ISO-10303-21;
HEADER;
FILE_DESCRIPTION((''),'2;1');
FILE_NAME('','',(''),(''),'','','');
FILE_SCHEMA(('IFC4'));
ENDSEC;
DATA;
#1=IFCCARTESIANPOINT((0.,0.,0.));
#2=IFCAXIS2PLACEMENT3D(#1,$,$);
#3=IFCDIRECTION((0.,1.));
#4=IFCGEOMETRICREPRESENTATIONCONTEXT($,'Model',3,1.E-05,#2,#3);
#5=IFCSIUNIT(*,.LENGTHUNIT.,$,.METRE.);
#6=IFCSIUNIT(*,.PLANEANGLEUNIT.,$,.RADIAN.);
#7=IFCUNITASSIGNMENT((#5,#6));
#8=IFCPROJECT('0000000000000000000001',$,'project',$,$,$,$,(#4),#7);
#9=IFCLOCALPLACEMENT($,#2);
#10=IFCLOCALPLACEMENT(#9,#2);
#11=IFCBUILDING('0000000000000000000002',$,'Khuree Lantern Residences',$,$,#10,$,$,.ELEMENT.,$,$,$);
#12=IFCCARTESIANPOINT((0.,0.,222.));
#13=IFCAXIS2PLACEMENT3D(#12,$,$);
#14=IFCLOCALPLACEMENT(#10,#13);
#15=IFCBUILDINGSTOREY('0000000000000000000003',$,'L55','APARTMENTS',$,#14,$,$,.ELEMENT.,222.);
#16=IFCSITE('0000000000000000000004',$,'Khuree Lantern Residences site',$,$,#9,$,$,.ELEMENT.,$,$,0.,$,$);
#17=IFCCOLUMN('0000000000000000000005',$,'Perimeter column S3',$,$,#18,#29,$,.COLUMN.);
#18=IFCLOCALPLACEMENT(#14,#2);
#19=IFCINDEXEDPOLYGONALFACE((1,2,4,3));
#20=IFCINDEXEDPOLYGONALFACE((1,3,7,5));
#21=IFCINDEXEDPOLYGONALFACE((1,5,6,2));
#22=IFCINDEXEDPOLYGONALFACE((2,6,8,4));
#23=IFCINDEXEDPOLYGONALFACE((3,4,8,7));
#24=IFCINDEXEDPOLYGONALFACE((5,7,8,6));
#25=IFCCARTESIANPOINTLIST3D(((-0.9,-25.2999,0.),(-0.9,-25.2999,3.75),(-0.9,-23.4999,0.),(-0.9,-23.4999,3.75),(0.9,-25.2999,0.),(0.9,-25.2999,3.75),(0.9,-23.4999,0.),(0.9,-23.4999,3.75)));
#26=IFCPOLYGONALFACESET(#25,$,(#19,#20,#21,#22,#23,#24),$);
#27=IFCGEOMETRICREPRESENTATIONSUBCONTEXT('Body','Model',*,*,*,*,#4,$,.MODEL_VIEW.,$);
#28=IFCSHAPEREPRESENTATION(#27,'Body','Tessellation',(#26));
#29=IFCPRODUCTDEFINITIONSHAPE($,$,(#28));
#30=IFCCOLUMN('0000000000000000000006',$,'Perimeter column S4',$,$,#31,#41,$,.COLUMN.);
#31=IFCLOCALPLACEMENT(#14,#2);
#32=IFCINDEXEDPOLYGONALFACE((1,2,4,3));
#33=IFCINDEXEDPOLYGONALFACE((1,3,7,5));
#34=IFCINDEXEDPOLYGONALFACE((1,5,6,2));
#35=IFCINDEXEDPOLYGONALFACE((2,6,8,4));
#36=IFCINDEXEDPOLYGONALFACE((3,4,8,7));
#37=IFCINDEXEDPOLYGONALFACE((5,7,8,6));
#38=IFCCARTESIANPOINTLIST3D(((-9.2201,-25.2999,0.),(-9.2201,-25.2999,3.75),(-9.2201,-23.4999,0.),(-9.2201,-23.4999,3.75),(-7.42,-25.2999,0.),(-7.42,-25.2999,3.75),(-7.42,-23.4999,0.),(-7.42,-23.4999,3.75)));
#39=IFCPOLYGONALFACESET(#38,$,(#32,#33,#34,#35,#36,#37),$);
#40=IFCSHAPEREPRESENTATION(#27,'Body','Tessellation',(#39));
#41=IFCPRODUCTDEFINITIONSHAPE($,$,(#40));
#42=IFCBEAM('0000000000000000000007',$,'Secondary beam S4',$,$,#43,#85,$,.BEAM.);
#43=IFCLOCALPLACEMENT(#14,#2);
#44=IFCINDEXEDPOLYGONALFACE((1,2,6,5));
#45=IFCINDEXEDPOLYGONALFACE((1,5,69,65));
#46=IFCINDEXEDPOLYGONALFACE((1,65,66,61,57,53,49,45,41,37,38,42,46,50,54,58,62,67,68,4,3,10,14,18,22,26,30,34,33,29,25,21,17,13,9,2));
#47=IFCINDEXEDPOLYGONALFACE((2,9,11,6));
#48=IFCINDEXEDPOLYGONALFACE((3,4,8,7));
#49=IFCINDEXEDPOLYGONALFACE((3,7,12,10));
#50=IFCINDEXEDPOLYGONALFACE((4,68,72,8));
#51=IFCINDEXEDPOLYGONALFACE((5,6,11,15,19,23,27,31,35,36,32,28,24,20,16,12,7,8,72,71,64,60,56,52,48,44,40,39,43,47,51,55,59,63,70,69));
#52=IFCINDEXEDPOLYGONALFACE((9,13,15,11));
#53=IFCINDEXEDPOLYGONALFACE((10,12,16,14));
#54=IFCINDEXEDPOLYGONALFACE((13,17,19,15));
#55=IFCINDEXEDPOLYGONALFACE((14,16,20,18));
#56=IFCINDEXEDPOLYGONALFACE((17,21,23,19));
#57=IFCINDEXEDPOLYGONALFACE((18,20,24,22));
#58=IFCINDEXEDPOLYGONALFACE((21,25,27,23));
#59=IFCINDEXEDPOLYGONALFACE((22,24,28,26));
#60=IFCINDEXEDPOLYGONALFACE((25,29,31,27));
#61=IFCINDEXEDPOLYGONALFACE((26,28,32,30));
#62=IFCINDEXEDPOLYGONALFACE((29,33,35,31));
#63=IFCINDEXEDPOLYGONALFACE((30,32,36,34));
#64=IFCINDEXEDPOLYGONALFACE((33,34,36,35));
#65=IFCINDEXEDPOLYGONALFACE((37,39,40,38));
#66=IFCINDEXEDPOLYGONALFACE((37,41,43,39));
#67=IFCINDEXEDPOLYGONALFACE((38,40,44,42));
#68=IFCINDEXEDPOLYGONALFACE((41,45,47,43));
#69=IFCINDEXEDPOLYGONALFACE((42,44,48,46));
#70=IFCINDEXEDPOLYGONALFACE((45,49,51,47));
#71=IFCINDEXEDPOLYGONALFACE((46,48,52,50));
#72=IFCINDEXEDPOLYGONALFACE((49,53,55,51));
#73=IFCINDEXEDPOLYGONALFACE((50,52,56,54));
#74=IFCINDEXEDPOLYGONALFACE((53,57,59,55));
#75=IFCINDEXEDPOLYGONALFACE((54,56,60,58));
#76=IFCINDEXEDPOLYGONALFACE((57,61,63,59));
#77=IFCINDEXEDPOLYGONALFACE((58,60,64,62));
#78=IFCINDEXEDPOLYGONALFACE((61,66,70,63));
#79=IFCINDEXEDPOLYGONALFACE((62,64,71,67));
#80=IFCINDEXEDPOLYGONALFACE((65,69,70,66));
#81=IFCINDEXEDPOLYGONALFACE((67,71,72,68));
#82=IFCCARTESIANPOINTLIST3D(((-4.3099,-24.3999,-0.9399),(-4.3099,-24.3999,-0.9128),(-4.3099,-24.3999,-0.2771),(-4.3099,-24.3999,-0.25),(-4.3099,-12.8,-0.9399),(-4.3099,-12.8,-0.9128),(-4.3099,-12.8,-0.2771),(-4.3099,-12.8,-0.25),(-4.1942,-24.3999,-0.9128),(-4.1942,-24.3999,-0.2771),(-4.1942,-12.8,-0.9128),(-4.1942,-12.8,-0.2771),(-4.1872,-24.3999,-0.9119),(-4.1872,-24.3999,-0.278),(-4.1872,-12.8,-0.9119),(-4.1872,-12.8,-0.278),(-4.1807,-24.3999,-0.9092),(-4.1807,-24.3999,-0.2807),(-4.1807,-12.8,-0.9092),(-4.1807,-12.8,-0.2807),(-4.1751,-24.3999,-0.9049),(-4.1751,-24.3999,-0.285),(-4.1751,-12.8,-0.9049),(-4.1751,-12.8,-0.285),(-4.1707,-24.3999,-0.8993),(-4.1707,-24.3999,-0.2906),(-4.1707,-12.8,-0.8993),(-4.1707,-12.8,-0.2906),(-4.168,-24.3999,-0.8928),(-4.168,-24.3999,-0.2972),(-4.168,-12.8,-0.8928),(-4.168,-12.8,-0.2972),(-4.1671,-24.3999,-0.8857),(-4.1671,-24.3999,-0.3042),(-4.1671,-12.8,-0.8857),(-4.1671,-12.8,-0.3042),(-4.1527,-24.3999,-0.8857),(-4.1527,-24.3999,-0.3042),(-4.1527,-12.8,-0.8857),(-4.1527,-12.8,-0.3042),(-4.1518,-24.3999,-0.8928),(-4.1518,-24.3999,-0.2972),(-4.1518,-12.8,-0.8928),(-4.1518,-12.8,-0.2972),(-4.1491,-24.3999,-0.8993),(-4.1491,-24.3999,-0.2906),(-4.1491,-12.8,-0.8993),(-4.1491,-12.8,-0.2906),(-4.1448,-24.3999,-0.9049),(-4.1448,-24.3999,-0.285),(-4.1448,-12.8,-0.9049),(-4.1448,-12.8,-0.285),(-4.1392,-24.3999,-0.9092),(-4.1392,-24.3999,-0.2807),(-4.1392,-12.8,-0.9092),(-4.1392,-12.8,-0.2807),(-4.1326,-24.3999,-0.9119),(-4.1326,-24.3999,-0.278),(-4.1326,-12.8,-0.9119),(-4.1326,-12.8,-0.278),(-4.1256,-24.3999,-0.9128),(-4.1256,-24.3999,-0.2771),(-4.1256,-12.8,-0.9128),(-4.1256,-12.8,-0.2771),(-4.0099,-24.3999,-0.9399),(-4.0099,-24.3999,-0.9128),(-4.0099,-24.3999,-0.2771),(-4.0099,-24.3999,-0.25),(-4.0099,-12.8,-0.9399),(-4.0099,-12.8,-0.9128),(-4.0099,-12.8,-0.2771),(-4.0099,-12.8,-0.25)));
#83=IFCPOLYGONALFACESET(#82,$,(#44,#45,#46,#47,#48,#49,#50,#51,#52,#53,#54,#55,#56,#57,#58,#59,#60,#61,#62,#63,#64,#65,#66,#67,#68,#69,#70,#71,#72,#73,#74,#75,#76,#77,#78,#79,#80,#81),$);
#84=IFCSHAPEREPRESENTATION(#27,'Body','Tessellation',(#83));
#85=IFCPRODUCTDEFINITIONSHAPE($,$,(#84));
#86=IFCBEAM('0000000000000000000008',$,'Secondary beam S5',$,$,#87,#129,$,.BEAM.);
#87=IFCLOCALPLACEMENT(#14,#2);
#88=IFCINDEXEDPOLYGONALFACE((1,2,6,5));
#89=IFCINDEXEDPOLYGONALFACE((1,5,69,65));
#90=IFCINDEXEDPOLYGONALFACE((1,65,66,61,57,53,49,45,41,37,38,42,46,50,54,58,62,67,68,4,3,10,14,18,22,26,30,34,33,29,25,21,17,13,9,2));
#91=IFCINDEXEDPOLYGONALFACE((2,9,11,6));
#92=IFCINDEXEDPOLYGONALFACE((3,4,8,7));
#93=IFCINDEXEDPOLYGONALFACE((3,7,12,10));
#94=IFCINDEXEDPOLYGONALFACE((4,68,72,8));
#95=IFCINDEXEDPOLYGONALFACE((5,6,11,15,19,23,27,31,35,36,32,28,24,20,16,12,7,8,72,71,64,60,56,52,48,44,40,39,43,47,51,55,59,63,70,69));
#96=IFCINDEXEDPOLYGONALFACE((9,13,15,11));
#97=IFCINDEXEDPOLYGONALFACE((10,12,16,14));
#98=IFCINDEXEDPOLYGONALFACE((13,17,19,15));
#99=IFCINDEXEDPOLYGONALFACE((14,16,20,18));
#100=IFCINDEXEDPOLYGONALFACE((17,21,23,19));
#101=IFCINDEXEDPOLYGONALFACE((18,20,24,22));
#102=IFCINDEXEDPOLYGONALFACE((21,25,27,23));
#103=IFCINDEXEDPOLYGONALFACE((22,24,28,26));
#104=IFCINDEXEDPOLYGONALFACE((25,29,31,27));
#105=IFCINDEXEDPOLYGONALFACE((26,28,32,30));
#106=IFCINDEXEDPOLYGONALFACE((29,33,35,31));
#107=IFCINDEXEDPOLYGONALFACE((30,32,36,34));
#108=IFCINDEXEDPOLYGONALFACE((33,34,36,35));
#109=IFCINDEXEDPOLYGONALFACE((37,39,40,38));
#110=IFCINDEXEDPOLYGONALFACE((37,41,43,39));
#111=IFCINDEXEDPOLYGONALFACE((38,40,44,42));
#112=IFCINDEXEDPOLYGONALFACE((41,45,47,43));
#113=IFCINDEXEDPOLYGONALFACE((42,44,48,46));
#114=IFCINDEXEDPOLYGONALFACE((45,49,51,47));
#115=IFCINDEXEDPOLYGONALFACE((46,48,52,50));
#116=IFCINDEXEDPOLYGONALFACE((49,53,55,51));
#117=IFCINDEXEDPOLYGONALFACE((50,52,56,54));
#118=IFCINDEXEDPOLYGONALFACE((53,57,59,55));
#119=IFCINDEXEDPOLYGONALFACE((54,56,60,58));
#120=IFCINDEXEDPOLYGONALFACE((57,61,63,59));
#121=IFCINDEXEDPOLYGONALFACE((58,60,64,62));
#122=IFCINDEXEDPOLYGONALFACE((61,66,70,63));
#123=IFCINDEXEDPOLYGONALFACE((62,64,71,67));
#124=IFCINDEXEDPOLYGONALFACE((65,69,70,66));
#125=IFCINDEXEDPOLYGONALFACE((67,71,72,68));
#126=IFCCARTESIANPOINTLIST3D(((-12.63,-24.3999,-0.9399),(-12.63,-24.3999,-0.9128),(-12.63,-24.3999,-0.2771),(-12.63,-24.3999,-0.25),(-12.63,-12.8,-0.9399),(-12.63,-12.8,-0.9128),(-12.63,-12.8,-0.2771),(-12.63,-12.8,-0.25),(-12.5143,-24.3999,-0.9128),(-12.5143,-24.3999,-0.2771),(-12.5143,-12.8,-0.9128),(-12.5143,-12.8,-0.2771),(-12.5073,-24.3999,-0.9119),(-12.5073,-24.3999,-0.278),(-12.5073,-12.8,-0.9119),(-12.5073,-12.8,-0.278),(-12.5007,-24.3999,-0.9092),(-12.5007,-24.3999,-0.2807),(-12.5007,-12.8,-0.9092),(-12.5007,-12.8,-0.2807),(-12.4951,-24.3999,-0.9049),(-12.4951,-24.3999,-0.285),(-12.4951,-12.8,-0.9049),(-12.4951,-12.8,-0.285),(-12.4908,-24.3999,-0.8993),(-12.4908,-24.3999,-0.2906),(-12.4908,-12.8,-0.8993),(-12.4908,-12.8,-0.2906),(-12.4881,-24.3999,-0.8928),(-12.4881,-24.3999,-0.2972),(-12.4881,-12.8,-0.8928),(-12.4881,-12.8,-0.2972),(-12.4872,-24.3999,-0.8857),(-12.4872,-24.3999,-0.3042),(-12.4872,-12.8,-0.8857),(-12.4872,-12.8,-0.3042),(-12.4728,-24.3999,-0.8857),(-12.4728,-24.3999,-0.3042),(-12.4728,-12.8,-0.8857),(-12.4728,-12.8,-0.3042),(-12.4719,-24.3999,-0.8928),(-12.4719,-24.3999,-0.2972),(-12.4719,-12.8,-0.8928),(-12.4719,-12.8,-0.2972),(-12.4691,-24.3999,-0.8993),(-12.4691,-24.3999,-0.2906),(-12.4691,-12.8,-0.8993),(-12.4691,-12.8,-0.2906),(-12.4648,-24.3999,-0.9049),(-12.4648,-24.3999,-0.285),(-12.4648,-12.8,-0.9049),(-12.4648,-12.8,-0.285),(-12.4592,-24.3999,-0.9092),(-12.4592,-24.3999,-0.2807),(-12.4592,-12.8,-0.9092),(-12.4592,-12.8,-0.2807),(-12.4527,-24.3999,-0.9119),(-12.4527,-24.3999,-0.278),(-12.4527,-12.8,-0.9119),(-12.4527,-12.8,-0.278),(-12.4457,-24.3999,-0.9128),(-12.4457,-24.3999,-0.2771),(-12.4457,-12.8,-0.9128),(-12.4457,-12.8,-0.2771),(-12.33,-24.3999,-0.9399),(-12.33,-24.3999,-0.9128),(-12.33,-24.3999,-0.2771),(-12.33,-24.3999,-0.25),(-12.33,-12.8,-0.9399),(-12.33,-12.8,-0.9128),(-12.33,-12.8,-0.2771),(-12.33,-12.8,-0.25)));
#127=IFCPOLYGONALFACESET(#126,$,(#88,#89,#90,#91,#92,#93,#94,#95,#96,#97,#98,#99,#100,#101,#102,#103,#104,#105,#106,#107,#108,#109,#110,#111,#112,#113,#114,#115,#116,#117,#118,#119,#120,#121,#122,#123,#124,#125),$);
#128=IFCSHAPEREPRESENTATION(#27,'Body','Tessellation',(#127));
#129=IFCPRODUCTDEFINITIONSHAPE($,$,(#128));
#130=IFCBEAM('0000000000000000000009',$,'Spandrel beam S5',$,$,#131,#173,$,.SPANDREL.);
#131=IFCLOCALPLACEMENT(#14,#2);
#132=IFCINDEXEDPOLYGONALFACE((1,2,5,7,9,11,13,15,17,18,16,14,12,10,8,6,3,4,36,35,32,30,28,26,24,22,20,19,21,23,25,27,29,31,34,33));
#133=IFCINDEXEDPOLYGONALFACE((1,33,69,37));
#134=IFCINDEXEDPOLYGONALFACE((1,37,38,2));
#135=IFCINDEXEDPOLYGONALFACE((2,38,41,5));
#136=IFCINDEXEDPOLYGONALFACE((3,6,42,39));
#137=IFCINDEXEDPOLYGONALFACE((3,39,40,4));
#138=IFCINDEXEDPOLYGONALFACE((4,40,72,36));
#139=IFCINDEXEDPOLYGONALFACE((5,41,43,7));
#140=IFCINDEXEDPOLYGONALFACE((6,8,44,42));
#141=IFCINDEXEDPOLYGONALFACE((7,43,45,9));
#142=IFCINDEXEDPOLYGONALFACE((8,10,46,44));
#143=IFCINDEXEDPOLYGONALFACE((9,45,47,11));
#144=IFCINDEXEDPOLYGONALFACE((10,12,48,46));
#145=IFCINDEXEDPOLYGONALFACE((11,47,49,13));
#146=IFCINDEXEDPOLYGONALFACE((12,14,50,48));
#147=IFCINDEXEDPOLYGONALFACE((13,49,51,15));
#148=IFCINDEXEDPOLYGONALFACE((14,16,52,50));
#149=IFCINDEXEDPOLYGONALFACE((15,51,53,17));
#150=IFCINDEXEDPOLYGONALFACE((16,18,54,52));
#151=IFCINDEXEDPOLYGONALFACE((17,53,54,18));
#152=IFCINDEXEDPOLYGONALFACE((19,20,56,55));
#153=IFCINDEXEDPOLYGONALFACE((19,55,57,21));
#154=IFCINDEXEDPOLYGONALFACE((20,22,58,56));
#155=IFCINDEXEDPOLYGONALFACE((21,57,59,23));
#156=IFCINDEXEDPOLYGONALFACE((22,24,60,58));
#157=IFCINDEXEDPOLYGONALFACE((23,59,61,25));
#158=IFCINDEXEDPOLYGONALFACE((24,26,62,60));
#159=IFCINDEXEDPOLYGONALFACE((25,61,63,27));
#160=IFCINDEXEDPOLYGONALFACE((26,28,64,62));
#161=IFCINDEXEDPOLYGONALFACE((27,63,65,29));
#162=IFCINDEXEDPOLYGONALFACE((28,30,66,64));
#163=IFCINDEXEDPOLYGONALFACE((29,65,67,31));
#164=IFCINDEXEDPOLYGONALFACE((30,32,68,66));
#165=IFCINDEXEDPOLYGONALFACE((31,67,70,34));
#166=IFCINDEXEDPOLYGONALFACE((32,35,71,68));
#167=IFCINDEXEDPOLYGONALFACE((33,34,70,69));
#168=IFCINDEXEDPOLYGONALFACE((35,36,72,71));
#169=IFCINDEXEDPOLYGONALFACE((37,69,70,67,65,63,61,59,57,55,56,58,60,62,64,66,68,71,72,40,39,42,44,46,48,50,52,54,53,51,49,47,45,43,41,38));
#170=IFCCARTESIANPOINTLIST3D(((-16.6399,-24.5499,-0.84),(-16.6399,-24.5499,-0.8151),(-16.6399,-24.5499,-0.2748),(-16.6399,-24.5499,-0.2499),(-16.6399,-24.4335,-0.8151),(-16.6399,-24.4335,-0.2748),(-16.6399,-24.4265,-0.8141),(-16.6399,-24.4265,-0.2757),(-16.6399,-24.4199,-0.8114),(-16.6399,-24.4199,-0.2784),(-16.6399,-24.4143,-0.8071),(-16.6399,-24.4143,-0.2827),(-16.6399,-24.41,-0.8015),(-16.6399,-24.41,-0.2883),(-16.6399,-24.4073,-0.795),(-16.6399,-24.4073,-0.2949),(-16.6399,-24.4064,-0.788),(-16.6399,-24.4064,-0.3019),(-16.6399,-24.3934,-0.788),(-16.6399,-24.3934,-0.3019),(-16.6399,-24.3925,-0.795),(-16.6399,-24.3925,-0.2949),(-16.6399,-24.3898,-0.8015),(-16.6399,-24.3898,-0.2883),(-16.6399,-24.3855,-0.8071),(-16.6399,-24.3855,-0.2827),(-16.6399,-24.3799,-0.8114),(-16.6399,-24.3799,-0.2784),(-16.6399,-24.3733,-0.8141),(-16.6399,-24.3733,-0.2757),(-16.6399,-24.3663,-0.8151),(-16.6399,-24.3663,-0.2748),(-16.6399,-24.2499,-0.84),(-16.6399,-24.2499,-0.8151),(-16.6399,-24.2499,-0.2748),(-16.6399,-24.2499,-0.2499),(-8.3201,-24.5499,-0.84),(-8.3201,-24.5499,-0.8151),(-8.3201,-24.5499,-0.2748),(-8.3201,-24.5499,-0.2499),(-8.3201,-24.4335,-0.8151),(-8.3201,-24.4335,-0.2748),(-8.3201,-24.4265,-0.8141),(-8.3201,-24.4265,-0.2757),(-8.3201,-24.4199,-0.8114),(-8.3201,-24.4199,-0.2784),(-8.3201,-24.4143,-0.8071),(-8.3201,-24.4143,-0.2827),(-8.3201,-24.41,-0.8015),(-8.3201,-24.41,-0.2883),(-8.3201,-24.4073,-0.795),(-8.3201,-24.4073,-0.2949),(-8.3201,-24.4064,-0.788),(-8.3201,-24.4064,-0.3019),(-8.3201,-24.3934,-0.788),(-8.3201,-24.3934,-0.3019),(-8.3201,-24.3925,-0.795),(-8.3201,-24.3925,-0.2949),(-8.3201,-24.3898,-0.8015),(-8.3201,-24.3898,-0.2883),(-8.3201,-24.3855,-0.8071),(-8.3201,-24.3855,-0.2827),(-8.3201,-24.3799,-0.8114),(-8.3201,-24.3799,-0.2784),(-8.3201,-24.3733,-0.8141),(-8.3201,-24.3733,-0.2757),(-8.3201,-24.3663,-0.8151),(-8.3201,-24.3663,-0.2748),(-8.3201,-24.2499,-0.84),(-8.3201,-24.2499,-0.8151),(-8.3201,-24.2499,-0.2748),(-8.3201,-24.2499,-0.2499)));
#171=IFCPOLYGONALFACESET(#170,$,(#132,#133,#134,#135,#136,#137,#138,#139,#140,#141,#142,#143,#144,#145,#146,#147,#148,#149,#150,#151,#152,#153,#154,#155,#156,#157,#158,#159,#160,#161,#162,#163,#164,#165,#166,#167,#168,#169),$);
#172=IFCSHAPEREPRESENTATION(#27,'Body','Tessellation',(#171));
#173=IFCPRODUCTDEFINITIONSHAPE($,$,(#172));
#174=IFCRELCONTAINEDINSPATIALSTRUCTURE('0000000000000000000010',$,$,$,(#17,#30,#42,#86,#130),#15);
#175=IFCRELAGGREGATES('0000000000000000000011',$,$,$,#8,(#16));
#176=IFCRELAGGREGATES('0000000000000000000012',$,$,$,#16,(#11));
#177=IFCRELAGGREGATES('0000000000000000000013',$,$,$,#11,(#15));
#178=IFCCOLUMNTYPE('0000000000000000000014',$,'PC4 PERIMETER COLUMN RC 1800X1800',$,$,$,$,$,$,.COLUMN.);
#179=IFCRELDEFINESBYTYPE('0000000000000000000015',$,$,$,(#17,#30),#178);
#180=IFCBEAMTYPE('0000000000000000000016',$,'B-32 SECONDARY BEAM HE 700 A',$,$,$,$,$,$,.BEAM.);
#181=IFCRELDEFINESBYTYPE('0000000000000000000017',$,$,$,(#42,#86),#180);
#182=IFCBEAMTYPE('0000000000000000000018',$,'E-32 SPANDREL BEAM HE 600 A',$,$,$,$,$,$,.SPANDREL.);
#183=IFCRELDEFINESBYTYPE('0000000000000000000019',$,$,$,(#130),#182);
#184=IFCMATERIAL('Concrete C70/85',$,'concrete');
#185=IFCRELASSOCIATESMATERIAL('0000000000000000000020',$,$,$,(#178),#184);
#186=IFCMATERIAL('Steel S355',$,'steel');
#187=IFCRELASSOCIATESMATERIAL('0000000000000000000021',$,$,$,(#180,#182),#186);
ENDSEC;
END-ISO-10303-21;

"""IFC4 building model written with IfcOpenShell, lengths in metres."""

from ifc_helpers import new_model, si_unit, direction, frame, origin, origin_2d, place, context, subcontext, project, spatial, rectangle, i_section, extrude, material, material_profile, profile_set, type_object, element, save


model = new_model("IFC4")

# Units and contexts
model_context = context("Model", 3, precision=1e-05, world=origin(), true_north=direction((0.0, 1.0)))
body_context = subcontext(model_context, "Body", "Model", "MODEL_VIEW")
ifc_project = project(units=[si_unit("LENGTHUNIT", "METRE"), si_unit("PLANEANGLEUNIT", "RADIAN")], contexts=[model_context])

# Site, building, storey
site_placement = place(None, origin())
site = spatial("IfcSite", under=ifc_project, at=site_placement, Name="Khuree Lantern Residences site", CompositionType="ELEMENT", RefElevation=0.0)
building_placement = place(site_placement, origin())
building = spatial("IfcBuilding", under=site, at=building_placement, Name="Khuree Lantern Residences", CompositionType="ELEMENT")
storey_placement = place(building_placement, frame((0.0, 0.0, 222.0)))
storey = spatial("IfcBuildingStorey", under=building, at=storey_placement, Name="L55", Description="APARTMENTS", CompositionType="ELEMENT", Elevation=222.0)

# Columns
ifc_material_1 = material(Name="Concrete C70/85", Category="concrete")
ifc_material_profile_1 = material_profile(ifc_material_1, rectangle(XDim=1.8, YDim=1.8, at=origin_2d()), Name="RC 1800X1800")
ifc_profile_set_1 = profile_set([ifc_material_profile_1], Name="Concrete C70/85")
column_type = type_object("IfcColumnType", Name="PC4 PERIMETER COLUMN RC 1800X1800", PredefinedType="COLUMN", material=ifc_profile_set_1)
for number, where, z_axis, x_axis, name in (
    (1, (0.0, -24.3999, 0.0), (0.0, 0.0, 1.0), (1.0, 0.0, 0.0), "Perimeter column S3"),
    (2, (-8.3201, -24.3999, 0.0), (0.0, 0.0, 1.0), (1.0, 0.0, 0.0), "Perimeter column S4"),
):
    element("IfcColumn", number, at=place(storey_placement, frame(where, z_axis=z_axis, x_axis=x_axis)), inside=storey, type_object=column_type, Name=name, PredefinedType="COLUMN", context=body_context, shape_type="SweptSolid", body=[
        extrude(rectangle(XDim=1.8, YDim=1.8, at=origin_2d()), origin(), (0.0, 0.0, 1.0), 3.75),
    ])

# Beams
ifc_material_2 = material(Name="Steel S355", Category="steel")
ifc_material_profile_2 = material_profile(ifc_material_2, i_section(OverallWidth=0.3, OverallDepth=0.6899, WebThickness=0.0144, FlangeThickness=0.0271, FilletRadius=0.0271, at=origin_2d()), Name="HE 700 A")
ifc_profile_set_2 = profile_set([ifc_material_profile_2], Name="Steel S355")
beam_type_1 = type_object("IfcBeamType", Name="B-32 SECONDARY BEAM HE 700 A", PredefinedType="BEAM", material=ifc_profile_set_2)
for number, where, z_axis, x_axis, name in (
    (3, (-4.1599, -24.3999, -0.595), (0.0, 1.0, 0.0), (-1.0, 0.0, 0.0), "Secondary beam S4"),
    (4, (-12.48, -24.3999, -0.595), (0.0, 1.0, 0.0), (-1.0, 0.0, 0.0), "Secondary beam S5"),
):
    element("IfcBeam", number, at=place(storey_placement, frame(where, z_axis=z_axis, x_axis=x_axis)), inside=storey, type_object=beam_type_1, Name=name, PredefinedType="BEAM", context=body_context, shape_type="SweptSolid", body=[
        extrude(i_section(OverallWidth=0.3, OverallDepth=0.6899, WebThickness=0.0144, FlangeThickness=0.0271, FilletRadius=0.0271, at=origin_2d()), origin(), (0.0, 0.0, 1.0), 11.5999),
    ])
ifc_material_profile_3 = material_profile(ifc_material_2, i_section(OverallWidth=0.3, OverallDepth=0.5901, WebThickness=0.0129, FlangeThickness=0.0249, FilletRadius=0.0271, at=origin_2d()), Name="HE 600 A")
ifc_profile_set_3 = profile_set([ifc_material_profile_3], Name="Steel S355")
beam_type_2 = type_object("IfcBeamType", Name="E-32 SPANDREL BEAM HE 600 A", PredefinedType="SPANDREL", material=ifc_profile_set_3)
beam_1_placement = place(storey_placement, frame((-8.3201, -24.3999, -0.5449), z_axis=(-1.0, 0.0, 0.0), x_axis=(0.0, -1.0, 0.0)))
element("IfcBeam", 5, at=beam_1_placement, inside=storey, type_object=beam_type_2, Name="Spandrel beam S5", PredefinedType="SPANDREL", context=body_context, shape_type="SweptSolid", body=[
    extrude(i_section(OverallWidth=0.3, OverallDepth=0.5901, WebThickness=0.0129, FlangeThickness=0.0249, FilletRadius=0.0271, at=origin_2d()), origin(), (0.0, 0.0, 1.0), 8.3198),
])

save(model, "model.ifc")
